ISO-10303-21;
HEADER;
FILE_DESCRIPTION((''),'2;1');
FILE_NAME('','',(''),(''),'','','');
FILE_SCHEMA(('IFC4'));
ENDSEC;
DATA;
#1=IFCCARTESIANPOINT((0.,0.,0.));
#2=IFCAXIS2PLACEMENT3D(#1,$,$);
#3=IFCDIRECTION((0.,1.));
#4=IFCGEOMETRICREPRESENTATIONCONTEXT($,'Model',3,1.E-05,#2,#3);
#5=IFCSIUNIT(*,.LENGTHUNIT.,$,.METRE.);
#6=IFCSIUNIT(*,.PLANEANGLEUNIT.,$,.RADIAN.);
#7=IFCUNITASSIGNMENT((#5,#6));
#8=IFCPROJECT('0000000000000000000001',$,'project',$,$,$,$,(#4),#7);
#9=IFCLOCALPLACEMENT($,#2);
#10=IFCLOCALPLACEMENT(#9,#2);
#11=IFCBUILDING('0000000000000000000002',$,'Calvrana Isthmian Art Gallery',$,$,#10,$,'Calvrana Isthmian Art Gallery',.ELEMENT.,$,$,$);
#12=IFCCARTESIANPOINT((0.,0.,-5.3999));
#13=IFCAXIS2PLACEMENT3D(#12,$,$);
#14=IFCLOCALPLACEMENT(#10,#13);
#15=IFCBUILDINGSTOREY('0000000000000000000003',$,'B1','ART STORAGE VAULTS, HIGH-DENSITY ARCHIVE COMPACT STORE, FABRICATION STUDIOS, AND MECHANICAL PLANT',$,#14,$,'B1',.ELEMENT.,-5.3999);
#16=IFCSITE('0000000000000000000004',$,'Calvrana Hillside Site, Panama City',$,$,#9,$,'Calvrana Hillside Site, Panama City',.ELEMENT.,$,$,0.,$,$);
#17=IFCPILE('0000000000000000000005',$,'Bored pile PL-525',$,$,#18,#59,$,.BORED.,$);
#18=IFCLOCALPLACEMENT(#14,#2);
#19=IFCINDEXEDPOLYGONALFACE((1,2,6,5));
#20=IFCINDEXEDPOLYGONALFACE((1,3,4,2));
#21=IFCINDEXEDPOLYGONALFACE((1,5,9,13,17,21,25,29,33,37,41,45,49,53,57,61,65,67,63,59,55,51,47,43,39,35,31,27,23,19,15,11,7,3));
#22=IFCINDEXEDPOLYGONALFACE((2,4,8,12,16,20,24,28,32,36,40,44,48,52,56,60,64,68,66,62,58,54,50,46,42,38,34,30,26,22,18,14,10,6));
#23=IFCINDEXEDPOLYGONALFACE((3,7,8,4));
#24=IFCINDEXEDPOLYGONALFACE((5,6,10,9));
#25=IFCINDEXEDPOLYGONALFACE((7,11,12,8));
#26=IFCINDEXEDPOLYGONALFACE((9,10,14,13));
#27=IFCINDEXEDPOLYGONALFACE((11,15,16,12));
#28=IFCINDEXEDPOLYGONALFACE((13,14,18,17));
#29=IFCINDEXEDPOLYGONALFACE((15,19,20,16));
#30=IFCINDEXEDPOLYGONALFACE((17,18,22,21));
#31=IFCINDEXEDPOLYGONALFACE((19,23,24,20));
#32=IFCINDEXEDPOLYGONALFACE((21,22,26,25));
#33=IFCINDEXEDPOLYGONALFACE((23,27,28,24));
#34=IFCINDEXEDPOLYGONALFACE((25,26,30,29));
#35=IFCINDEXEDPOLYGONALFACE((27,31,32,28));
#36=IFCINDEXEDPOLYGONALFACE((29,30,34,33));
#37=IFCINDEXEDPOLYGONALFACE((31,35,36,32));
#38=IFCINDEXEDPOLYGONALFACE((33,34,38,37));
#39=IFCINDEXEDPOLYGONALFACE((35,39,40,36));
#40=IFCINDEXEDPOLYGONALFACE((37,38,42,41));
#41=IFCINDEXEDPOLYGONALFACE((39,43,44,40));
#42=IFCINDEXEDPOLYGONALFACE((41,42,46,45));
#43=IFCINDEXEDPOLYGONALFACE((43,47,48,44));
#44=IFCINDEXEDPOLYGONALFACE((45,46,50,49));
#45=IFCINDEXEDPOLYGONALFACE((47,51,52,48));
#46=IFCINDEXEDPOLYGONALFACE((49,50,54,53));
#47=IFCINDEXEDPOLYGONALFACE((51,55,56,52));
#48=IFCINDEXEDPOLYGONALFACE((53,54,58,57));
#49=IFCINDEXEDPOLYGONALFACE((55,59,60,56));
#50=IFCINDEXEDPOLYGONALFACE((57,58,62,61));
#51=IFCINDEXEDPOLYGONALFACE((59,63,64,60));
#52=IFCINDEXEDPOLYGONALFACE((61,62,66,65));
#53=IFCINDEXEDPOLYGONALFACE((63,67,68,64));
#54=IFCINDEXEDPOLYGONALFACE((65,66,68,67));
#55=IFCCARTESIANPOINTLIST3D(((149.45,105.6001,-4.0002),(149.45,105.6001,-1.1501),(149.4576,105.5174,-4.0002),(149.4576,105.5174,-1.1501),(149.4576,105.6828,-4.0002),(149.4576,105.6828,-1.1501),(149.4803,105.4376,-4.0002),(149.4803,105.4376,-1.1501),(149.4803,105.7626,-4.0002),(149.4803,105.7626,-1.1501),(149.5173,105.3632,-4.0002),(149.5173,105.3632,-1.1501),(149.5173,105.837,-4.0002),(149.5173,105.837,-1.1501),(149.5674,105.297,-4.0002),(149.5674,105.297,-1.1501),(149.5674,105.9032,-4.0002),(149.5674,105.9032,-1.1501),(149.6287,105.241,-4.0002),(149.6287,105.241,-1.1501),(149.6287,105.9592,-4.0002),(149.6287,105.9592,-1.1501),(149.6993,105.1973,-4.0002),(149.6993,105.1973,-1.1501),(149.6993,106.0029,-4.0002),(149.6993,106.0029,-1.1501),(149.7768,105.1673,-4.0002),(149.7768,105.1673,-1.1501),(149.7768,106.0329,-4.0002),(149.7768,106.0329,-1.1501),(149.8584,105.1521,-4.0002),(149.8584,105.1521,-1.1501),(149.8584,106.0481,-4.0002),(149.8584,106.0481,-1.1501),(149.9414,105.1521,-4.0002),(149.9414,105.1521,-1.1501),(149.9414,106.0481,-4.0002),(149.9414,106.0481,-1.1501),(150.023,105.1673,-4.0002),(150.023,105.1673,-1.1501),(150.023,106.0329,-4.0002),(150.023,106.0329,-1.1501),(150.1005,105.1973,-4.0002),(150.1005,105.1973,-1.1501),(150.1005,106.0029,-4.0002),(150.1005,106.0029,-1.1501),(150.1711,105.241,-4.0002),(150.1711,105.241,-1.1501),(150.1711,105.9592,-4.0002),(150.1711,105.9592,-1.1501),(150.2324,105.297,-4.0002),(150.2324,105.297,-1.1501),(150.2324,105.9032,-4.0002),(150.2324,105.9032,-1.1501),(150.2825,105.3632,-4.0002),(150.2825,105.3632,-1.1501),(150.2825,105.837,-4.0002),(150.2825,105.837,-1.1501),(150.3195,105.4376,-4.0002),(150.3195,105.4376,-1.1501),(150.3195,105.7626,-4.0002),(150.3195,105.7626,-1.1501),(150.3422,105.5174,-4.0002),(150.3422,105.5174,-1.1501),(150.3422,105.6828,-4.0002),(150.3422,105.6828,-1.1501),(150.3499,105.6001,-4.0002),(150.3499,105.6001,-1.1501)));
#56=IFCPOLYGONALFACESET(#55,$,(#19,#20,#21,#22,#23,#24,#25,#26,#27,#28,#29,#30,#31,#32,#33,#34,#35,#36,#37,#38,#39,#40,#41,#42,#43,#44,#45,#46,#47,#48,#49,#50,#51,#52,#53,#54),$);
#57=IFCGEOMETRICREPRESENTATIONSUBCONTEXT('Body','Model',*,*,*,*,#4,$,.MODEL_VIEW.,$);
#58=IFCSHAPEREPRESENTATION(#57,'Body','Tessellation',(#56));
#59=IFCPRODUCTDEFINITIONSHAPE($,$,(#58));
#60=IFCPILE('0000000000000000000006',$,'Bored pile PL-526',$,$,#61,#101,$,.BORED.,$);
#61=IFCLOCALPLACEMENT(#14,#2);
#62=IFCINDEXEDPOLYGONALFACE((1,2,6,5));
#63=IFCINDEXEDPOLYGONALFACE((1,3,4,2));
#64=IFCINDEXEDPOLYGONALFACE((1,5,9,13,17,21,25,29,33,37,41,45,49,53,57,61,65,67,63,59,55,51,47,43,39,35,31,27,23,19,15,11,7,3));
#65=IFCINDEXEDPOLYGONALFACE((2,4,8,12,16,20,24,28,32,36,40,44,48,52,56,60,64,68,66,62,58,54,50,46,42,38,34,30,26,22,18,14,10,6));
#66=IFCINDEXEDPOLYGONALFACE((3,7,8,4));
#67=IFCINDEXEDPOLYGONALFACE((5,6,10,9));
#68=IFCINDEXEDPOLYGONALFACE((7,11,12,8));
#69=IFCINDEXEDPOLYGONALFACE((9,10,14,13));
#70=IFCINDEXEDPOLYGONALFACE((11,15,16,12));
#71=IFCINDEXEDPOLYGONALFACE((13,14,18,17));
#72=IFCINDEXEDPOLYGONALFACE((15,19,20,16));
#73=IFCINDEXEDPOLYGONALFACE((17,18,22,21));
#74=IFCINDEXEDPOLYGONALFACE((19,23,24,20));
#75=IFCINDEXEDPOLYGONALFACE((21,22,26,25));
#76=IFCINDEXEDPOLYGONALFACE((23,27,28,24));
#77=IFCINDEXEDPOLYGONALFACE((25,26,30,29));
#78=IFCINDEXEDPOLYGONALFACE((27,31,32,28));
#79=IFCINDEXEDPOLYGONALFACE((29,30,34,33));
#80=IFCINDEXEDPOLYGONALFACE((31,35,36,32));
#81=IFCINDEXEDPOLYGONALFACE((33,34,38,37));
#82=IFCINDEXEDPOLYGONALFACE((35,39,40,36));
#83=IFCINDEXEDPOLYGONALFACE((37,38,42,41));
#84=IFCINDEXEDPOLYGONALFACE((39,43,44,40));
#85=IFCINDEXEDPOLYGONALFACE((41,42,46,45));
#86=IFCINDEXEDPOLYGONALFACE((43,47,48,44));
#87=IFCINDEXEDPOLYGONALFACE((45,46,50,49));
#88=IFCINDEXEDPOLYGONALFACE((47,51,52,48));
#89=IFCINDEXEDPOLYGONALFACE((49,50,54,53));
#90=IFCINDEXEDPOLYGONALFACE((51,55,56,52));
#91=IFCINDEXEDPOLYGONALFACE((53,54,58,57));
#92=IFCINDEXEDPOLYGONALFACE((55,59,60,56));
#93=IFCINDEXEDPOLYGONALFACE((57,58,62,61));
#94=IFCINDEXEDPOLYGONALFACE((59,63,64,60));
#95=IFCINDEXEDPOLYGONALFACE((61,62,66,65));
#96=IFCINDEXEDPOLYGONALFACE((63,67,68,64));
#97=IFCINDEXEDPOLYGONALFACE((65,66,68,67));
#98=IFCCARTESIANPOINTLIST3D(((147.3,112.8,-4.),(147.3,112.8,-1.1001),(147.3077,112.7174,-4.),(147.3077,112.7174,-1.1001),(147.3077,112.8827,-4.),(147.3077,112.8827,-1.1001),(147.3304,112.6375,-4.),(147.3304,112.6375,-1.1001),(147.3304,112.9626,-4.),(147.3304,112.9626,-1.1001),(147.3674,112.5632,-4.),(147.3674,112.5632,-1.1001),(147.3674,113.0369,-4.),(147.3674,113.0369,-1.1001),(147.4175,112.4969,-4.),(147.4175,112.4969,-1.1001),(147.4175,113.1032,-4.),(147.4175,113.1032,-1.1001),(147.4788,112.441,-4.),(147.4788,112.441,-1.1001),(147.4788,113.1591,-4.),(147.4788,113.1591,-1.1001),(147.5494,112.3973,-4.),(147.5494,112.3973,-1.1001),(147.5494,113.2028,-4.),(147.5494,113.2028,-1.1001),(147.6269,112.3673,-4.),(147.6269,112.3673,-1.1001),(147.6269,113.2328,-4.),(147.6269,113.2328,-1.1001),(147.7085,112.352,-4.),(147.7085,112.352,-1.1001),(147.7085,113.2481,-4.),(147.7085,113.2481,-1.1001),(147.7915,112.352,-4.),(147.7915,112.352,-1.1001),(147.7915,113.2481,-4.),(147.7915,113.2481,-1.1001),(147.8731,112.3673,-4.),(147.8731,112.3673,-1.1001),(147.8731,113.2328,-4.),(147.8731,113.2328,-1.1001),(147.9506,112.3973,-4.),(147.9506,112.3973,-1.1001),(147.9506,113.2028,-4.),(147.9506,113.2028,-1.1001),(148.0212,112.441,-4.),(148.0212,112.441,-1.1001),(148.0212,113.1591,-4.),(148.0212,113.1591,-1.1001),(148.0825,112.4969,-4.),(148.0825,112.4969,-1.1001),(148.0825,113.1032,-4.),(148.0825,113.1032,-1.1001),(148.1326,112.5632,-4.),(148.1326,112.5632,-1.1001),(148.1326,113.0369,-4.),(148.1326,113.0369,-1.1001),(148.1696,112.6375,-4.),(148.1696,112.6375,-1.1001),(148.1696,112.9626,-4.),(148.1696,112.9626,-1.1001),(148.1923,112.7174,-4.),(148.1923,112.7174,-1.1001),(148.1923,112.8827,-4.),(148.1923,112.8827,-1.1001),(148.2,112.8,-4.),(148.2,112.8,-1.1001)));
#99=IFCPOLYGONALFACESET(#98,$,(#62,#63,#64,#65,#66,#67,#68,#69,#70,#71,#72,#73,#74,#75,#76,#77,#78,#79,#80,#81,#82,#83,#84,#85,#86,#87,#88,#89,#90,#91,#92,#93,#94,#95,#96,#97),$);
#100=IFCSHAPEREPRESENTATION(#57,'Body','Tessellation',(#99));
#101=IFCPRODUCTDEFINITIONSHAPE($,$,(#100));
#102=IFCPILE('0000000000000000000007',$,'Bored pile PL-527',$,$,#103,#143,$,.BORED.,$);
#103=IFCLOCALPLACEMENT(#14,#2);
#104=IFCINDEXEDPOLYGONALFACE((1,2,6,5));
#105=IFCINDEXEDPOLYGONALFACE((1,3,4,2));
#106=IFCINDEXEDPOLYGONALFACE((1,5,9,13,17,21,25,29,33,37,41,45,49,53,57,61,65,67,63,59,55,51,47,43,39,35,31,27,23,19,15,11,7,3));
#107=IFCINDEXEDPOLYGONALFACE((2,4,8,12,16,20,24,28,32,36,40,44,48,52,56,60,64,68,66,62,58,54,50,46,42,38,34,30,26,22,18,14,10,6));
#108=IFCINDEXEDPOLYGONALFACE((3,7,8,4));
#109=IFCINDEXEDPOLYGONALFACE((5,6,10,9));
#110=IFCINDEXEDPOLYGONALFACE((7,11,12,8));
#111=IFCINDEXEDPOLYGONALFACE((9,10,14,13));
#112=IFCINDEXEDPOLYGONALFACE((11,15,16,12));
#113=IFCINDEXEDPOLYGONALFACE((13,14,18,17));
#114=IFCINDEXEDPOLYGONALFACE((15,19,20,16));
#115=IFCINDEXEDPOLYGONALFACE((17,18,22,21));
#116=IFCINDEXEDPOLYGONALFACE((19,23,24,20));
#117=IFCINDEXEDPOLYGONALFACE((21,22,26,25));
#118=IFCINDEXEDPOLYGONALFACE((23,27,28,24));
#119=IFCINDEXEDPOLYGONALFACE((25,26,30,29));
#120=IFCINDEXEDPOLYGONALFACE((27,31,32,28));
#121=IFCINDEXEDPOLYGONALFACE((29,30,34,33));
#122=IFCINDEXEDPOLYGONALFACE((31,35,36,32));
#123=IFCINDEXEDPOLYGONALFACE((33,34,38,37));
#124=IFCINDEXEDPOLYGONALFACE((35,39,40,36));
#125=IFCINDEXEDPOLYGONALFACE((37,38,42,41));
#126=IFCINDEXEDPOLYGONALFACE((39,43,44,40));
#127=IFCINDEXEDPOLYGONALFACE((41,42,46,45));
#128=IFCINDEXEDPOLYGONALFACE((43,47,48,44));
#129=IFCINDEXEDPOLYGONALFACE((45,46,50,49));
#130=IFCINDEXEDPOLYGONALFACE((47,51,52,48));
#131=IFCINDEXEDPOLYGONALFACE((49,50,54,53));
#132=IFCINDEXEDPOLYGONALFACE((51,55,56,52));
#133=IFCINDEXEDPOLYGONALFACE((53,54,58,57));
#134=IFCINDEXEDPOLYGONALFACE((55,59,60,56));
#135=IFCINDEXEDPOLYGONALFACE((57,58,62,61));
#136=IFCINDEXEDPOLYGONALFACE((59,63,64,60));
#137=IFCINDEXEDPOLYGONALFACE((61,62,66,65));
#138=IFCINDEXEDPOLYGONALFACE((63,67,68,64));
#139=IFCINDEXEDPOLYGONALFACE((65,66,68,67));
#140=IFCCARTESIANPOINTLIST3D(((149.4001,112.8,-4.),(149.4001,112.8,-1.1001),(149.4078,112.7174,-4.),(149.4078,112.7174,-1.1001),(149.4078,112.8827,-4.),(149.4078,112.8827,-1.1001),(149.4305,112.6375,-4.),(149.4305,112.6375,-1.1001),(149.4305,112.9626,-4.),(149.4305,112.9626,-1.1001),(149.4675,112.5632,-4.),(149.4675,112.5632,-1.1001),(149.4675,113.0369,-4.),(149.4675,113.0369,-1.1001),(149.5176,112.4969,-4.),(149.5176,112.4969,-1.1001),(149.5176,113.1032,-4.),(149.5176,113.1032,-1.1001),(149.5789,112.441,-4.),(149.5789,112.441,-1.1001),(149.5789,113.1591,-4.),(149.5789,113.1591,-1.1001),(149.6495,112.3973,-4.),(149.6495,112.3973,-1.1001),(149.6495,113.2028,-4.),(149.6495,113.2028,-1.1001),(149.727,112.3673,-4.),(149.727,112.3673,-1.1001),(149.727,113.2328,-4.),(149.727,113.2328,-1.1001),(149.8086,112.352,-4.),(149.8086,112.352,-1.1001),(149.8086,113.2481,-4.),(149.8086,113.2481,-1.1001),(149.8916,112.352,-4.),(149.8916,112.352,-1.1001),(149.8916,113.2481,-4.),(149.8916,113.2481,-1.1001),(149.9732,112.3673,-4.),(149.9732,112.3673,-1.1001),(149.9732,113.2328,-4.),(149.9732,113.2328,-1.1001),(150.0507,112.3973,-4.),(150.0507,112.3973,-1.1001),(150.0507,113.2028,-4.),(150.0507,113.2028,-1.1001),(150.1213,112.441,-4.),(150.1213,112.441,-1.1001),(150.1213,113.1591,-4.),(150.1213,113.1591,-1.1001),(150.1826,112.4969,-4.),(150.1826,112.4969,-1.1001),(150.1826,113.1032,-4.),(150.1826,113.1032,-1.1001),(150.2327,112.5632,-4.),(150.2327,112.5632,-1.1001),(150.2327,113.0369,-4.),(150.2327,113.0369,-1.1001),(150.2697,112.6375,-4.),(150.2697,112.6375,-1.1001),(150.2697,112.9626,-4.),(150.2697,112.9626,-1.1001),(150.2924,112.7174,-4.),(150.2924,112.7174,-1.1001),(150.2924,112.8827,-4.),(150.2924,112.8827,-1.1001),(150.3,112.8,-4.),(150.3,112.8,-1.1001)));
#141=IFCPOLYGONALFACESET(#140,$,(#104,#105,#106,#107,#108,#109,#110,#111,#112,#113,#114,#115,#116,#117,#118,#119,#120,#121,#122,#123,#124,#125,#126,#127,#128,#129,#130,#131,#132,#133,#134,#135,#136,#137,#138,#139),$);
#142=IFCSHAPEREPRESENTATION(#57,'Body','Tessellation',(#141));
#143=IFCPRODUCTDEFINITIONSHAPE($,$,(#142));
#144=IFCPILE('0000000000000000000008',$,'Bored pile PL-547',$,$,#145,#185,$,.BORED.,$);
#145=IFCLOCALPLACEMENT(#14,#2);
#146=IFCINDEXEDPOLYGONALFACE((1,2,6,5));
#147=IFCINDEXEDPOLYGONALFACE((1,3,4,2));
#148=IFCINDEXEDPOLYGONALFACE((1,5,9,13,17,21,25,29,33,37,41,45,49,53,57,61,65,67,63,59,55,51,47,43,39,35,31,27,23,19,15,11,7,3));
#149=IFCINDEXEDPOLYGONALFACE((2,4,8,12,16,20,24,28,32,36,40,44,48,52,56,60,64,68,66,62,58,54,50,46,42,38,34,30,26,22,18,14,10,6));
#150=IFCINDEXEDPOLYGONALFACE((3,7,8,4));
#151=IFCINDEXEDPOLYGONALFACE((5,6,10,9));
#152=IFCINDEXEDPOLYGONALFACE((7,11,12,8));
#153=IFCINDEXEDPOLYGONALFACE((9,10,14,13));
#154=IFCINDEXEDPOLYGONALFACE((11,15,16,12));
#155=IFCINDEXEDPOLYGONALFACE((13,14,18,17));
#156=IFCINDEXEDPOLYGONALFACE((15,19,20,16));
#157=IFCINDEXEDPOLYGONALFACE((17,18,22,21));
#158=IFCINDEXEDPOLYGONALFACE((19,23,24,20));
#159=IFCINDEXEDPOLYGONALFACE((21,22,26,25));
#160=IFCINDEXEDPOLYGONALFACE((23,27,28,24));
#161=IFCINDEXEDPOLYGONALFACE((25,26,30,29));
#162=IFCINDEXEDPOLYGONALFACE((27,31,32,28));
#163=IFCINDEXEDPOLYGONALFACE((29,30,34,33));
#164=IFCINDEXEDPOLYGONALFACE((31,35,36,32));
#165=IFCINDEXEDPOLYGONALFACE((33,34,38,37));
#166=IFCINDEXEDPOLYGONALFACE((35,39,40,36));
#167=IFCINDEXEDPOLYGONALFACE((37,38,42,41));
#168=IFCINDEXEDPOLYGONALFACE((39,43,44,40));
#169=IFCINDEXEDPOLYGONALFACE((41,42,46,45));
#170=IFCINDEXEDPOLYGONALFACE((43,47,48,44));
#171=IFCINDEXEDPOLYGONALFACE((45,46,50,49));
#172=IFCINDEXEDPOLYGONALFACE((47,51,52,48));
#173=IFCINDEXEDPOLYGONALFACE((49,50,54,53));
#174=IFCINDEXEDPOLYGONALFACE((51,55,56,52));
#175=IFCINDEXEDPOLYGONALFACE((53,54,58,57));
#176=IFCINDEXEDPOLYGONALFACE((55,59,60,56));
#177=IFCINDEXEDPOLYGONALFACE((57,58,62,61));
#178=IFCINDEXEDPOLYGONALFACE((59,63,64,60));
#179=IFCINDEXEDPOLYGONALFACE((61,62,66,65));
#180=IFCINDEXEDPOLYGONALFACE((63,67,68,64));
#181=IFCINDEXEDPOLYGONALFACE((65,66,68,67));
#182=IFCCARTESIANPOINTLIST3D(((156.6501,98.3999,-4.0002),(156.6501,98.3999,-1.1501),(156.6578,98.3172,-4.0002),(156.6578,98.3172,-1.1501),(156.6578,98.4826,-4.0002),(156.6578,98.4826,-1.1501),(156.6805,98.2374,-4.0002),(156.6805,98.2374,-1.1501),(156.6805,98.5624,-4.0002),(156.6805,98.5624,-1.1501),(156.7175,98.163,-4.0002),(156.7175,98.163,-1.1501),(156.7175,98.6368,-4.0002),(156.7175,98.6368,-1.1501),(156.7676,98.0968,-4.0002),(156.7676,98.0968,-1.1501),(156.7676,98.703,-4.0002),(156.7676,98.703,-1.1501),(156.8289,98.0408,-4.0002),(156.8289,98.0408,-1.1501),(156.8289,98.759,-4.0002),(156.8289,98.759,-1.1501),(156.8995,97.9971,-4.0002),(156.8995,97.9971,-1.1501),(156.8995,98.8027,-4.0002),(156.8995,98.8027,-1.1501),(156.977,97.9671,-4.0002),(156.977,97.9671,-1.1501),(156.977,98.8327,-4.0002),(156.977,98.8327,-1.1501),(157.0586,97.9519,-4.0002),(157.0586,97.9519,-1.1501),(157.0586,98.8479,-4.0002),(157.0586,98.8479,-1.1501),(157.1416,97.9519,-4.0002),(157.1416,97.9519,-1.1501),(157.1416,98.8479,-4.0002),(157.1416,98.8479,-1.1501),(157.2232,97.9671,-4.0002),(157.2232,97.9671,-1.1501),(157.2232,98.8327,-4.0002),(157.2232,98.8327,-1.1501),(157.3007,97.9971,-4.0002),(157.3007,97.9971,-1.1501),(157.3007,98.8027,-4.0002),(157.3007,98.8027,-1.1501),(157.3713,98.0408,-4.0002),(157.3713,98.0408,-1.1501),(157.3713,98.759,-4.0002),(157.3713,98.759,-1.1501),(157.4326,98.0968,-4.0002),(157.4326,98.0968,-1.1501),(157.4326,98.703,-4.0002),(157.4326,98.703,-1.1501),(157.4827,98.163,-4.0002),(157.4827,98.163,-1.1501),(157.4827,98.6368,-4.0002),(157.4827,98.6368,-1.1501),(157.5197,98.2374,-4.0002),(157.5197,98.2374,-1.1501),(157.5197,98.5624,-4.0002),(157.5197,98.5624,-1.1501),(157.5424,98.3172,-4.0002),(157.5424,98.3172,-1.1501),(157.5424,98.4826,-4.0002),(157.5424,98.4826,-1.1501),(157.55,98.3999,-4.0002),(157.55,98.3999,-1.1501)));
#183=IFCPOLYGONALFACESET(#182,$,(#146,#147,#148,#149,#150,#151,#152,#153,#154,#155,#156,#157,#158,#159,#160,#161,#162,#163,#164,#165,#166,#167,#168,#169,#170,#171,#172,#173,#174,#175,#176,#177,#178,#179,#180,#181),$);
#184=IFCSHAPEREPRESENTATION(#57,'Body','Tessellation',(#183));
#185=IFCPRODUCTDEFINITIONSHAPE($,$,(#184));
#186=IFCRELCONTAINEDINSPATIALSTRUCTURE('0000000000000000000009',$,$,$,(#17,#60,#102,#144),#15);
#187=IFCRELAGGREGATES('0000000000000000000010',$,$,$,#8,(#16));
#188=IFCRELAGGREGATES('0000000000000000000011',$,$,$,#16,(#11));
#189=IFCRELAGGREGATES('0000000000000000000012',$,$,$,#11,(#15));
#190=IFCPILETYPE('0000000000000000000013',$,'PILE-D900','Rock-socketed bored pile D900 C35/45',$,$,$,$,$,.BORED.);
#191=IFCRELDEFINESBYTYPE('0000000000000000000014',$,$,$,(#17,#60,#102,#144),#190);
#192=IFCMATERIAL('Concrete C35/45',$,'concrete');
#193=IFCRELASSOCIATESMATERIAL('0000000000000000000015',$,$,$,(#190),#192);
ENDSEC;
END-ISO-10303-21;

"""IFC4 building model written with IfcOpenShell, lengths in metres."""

from ifc_helpers import new_model, si_unit, direction, frame, origin, origin_2d, place, context, subcontext, project, spatial, circle, extrude, material, material_profile, profile_set, type_object, element, save


model = new_model("IFC4")

# Units and contexts
model_context = context("Model", 3, precision=1e-05, world=origin(), true_north=direction((0.0, 1.0)))
body_context = subcontext(model_context, "Body", "Model", "MODEL_VIEW")
ifc_project = project(units=[si_unit("LENGTHUNIT", "METRE"), si_unit("PLANEANGLEUNIT", "RADIAN")], contexts=[model_context])

# Site, building, storey
site_placement = place(None, origin())
site = spatial("IfcSite", under=ifc_project, at=site_placement, Name="Calvrana Hillside Site, Panama City", LongName="Calvrana Hillside Site, Panama City", CompositionType="ELEMENT", RefElevation=0.0)
building_placement = place(site_placement, origin())
building = spatial("IfcBuilding", under=site, at=building_placement, Name="Calvrana Isthmian Art Gallery", LongName="Calvrana Isthmian Art Gallery", CompositionType="ELEMENT")
storey_placement = place(building_placement, frame((0.0, 0.0, -5.3999)))
storey = spatial("IfcBuildingStorey", under=building, at=storey_placement, Name="B1", Description="ART STORAGE VAULTS, HIGH-DENSITY ARCHIVE COMPACT STORE, FABRICATION STUDIOS, AND MECHANICAL PLANT", LongName="B1", CompositionType="ELEMENT", Elevation=-5.3999)

# Shared definitions
ifc_material_1 = material(Name="Concrete C35/45", Category="concrete")

# Piles
ifc_material_profile_1 = material_profile(ifc_material_1, circle(Radius=0.45, at=origin_2d()), Name="PILE900D")
ifc_profile_set_1 = profile_set([ifc_material_profile_1], Name="Concrete C35/45")
pile_type = type_object("IfcPileType", Name="PILE-D900", Description="Rock-socketed bored pile D900 C35/45", PredefinedType="BORED", material=ifc_profile_set_1)
for number, where, z_axis, x_axis, name in (
    (1, (149.8999, 105.6001, -1.1501), (0.0, 0.0, -1.0), (1.0, 0.0, 0.0), "Bored pile PL-525"),
):
    element("IfcPile", number, at=place(storey_placement, frame(where, z_axis=z_axis, x_axis=x_axis)), inside=storey, type_object=pile_type, Name=name, PredefinedType="BORED", context=body_context, shape_type="SweptSolid", body=[
        extrude(circle(Radius=0.45, at=origin_2d()), origin(), (0.0, 0.0, 1.0), 2.8501),
    ])
for number, where, z_axis, x_axis, name in (
    (2, (147.75, 112.8, -1.1001), (0.0, 0.0, -1.0), (1.0, 0.0, 0.0), "Bored pile PL-526"),
    (3, (149.8501, 112.8, -1.1001), (0.0, 0.0, -1.0), (1.0, 0.0, 0.0), "Bored pile PL-527"),
):
    element("IfcPile", number, at=place(storey_placement, frame(where, z_axis=z_axis, x_axis=x_axis)), inside=storey, type_object=pile_type, Name=name, PredefinedType="BORED", context=body_context, shape_type="SweptSolid", body=[
        extrude(circle(Radius=0.45, at=origin_2d()), origin(), (0.0, 0.0, 1.0), 2.8999),
    ])
pile_placement = place(storey_placement, frame((157.1001, 98.3999, -1.1501), z_axis=(0.0, 0.0, -1.0), x_axis=(1.0, 0.0, 0.0)))
element("IfcPile", 4, at=pile_placement, inside=storey, type_object=pile_type, Name="Bored pile PL-547", PredefinedType="BORED", context=body_context, shape_type="SweptSolid", body=[
    extrude(circle(Radius=0.45, at=origin_2d()), origin(), (0.0, 0.0, 1.0), 2.8501),
])

save(model, "model.ifc")
